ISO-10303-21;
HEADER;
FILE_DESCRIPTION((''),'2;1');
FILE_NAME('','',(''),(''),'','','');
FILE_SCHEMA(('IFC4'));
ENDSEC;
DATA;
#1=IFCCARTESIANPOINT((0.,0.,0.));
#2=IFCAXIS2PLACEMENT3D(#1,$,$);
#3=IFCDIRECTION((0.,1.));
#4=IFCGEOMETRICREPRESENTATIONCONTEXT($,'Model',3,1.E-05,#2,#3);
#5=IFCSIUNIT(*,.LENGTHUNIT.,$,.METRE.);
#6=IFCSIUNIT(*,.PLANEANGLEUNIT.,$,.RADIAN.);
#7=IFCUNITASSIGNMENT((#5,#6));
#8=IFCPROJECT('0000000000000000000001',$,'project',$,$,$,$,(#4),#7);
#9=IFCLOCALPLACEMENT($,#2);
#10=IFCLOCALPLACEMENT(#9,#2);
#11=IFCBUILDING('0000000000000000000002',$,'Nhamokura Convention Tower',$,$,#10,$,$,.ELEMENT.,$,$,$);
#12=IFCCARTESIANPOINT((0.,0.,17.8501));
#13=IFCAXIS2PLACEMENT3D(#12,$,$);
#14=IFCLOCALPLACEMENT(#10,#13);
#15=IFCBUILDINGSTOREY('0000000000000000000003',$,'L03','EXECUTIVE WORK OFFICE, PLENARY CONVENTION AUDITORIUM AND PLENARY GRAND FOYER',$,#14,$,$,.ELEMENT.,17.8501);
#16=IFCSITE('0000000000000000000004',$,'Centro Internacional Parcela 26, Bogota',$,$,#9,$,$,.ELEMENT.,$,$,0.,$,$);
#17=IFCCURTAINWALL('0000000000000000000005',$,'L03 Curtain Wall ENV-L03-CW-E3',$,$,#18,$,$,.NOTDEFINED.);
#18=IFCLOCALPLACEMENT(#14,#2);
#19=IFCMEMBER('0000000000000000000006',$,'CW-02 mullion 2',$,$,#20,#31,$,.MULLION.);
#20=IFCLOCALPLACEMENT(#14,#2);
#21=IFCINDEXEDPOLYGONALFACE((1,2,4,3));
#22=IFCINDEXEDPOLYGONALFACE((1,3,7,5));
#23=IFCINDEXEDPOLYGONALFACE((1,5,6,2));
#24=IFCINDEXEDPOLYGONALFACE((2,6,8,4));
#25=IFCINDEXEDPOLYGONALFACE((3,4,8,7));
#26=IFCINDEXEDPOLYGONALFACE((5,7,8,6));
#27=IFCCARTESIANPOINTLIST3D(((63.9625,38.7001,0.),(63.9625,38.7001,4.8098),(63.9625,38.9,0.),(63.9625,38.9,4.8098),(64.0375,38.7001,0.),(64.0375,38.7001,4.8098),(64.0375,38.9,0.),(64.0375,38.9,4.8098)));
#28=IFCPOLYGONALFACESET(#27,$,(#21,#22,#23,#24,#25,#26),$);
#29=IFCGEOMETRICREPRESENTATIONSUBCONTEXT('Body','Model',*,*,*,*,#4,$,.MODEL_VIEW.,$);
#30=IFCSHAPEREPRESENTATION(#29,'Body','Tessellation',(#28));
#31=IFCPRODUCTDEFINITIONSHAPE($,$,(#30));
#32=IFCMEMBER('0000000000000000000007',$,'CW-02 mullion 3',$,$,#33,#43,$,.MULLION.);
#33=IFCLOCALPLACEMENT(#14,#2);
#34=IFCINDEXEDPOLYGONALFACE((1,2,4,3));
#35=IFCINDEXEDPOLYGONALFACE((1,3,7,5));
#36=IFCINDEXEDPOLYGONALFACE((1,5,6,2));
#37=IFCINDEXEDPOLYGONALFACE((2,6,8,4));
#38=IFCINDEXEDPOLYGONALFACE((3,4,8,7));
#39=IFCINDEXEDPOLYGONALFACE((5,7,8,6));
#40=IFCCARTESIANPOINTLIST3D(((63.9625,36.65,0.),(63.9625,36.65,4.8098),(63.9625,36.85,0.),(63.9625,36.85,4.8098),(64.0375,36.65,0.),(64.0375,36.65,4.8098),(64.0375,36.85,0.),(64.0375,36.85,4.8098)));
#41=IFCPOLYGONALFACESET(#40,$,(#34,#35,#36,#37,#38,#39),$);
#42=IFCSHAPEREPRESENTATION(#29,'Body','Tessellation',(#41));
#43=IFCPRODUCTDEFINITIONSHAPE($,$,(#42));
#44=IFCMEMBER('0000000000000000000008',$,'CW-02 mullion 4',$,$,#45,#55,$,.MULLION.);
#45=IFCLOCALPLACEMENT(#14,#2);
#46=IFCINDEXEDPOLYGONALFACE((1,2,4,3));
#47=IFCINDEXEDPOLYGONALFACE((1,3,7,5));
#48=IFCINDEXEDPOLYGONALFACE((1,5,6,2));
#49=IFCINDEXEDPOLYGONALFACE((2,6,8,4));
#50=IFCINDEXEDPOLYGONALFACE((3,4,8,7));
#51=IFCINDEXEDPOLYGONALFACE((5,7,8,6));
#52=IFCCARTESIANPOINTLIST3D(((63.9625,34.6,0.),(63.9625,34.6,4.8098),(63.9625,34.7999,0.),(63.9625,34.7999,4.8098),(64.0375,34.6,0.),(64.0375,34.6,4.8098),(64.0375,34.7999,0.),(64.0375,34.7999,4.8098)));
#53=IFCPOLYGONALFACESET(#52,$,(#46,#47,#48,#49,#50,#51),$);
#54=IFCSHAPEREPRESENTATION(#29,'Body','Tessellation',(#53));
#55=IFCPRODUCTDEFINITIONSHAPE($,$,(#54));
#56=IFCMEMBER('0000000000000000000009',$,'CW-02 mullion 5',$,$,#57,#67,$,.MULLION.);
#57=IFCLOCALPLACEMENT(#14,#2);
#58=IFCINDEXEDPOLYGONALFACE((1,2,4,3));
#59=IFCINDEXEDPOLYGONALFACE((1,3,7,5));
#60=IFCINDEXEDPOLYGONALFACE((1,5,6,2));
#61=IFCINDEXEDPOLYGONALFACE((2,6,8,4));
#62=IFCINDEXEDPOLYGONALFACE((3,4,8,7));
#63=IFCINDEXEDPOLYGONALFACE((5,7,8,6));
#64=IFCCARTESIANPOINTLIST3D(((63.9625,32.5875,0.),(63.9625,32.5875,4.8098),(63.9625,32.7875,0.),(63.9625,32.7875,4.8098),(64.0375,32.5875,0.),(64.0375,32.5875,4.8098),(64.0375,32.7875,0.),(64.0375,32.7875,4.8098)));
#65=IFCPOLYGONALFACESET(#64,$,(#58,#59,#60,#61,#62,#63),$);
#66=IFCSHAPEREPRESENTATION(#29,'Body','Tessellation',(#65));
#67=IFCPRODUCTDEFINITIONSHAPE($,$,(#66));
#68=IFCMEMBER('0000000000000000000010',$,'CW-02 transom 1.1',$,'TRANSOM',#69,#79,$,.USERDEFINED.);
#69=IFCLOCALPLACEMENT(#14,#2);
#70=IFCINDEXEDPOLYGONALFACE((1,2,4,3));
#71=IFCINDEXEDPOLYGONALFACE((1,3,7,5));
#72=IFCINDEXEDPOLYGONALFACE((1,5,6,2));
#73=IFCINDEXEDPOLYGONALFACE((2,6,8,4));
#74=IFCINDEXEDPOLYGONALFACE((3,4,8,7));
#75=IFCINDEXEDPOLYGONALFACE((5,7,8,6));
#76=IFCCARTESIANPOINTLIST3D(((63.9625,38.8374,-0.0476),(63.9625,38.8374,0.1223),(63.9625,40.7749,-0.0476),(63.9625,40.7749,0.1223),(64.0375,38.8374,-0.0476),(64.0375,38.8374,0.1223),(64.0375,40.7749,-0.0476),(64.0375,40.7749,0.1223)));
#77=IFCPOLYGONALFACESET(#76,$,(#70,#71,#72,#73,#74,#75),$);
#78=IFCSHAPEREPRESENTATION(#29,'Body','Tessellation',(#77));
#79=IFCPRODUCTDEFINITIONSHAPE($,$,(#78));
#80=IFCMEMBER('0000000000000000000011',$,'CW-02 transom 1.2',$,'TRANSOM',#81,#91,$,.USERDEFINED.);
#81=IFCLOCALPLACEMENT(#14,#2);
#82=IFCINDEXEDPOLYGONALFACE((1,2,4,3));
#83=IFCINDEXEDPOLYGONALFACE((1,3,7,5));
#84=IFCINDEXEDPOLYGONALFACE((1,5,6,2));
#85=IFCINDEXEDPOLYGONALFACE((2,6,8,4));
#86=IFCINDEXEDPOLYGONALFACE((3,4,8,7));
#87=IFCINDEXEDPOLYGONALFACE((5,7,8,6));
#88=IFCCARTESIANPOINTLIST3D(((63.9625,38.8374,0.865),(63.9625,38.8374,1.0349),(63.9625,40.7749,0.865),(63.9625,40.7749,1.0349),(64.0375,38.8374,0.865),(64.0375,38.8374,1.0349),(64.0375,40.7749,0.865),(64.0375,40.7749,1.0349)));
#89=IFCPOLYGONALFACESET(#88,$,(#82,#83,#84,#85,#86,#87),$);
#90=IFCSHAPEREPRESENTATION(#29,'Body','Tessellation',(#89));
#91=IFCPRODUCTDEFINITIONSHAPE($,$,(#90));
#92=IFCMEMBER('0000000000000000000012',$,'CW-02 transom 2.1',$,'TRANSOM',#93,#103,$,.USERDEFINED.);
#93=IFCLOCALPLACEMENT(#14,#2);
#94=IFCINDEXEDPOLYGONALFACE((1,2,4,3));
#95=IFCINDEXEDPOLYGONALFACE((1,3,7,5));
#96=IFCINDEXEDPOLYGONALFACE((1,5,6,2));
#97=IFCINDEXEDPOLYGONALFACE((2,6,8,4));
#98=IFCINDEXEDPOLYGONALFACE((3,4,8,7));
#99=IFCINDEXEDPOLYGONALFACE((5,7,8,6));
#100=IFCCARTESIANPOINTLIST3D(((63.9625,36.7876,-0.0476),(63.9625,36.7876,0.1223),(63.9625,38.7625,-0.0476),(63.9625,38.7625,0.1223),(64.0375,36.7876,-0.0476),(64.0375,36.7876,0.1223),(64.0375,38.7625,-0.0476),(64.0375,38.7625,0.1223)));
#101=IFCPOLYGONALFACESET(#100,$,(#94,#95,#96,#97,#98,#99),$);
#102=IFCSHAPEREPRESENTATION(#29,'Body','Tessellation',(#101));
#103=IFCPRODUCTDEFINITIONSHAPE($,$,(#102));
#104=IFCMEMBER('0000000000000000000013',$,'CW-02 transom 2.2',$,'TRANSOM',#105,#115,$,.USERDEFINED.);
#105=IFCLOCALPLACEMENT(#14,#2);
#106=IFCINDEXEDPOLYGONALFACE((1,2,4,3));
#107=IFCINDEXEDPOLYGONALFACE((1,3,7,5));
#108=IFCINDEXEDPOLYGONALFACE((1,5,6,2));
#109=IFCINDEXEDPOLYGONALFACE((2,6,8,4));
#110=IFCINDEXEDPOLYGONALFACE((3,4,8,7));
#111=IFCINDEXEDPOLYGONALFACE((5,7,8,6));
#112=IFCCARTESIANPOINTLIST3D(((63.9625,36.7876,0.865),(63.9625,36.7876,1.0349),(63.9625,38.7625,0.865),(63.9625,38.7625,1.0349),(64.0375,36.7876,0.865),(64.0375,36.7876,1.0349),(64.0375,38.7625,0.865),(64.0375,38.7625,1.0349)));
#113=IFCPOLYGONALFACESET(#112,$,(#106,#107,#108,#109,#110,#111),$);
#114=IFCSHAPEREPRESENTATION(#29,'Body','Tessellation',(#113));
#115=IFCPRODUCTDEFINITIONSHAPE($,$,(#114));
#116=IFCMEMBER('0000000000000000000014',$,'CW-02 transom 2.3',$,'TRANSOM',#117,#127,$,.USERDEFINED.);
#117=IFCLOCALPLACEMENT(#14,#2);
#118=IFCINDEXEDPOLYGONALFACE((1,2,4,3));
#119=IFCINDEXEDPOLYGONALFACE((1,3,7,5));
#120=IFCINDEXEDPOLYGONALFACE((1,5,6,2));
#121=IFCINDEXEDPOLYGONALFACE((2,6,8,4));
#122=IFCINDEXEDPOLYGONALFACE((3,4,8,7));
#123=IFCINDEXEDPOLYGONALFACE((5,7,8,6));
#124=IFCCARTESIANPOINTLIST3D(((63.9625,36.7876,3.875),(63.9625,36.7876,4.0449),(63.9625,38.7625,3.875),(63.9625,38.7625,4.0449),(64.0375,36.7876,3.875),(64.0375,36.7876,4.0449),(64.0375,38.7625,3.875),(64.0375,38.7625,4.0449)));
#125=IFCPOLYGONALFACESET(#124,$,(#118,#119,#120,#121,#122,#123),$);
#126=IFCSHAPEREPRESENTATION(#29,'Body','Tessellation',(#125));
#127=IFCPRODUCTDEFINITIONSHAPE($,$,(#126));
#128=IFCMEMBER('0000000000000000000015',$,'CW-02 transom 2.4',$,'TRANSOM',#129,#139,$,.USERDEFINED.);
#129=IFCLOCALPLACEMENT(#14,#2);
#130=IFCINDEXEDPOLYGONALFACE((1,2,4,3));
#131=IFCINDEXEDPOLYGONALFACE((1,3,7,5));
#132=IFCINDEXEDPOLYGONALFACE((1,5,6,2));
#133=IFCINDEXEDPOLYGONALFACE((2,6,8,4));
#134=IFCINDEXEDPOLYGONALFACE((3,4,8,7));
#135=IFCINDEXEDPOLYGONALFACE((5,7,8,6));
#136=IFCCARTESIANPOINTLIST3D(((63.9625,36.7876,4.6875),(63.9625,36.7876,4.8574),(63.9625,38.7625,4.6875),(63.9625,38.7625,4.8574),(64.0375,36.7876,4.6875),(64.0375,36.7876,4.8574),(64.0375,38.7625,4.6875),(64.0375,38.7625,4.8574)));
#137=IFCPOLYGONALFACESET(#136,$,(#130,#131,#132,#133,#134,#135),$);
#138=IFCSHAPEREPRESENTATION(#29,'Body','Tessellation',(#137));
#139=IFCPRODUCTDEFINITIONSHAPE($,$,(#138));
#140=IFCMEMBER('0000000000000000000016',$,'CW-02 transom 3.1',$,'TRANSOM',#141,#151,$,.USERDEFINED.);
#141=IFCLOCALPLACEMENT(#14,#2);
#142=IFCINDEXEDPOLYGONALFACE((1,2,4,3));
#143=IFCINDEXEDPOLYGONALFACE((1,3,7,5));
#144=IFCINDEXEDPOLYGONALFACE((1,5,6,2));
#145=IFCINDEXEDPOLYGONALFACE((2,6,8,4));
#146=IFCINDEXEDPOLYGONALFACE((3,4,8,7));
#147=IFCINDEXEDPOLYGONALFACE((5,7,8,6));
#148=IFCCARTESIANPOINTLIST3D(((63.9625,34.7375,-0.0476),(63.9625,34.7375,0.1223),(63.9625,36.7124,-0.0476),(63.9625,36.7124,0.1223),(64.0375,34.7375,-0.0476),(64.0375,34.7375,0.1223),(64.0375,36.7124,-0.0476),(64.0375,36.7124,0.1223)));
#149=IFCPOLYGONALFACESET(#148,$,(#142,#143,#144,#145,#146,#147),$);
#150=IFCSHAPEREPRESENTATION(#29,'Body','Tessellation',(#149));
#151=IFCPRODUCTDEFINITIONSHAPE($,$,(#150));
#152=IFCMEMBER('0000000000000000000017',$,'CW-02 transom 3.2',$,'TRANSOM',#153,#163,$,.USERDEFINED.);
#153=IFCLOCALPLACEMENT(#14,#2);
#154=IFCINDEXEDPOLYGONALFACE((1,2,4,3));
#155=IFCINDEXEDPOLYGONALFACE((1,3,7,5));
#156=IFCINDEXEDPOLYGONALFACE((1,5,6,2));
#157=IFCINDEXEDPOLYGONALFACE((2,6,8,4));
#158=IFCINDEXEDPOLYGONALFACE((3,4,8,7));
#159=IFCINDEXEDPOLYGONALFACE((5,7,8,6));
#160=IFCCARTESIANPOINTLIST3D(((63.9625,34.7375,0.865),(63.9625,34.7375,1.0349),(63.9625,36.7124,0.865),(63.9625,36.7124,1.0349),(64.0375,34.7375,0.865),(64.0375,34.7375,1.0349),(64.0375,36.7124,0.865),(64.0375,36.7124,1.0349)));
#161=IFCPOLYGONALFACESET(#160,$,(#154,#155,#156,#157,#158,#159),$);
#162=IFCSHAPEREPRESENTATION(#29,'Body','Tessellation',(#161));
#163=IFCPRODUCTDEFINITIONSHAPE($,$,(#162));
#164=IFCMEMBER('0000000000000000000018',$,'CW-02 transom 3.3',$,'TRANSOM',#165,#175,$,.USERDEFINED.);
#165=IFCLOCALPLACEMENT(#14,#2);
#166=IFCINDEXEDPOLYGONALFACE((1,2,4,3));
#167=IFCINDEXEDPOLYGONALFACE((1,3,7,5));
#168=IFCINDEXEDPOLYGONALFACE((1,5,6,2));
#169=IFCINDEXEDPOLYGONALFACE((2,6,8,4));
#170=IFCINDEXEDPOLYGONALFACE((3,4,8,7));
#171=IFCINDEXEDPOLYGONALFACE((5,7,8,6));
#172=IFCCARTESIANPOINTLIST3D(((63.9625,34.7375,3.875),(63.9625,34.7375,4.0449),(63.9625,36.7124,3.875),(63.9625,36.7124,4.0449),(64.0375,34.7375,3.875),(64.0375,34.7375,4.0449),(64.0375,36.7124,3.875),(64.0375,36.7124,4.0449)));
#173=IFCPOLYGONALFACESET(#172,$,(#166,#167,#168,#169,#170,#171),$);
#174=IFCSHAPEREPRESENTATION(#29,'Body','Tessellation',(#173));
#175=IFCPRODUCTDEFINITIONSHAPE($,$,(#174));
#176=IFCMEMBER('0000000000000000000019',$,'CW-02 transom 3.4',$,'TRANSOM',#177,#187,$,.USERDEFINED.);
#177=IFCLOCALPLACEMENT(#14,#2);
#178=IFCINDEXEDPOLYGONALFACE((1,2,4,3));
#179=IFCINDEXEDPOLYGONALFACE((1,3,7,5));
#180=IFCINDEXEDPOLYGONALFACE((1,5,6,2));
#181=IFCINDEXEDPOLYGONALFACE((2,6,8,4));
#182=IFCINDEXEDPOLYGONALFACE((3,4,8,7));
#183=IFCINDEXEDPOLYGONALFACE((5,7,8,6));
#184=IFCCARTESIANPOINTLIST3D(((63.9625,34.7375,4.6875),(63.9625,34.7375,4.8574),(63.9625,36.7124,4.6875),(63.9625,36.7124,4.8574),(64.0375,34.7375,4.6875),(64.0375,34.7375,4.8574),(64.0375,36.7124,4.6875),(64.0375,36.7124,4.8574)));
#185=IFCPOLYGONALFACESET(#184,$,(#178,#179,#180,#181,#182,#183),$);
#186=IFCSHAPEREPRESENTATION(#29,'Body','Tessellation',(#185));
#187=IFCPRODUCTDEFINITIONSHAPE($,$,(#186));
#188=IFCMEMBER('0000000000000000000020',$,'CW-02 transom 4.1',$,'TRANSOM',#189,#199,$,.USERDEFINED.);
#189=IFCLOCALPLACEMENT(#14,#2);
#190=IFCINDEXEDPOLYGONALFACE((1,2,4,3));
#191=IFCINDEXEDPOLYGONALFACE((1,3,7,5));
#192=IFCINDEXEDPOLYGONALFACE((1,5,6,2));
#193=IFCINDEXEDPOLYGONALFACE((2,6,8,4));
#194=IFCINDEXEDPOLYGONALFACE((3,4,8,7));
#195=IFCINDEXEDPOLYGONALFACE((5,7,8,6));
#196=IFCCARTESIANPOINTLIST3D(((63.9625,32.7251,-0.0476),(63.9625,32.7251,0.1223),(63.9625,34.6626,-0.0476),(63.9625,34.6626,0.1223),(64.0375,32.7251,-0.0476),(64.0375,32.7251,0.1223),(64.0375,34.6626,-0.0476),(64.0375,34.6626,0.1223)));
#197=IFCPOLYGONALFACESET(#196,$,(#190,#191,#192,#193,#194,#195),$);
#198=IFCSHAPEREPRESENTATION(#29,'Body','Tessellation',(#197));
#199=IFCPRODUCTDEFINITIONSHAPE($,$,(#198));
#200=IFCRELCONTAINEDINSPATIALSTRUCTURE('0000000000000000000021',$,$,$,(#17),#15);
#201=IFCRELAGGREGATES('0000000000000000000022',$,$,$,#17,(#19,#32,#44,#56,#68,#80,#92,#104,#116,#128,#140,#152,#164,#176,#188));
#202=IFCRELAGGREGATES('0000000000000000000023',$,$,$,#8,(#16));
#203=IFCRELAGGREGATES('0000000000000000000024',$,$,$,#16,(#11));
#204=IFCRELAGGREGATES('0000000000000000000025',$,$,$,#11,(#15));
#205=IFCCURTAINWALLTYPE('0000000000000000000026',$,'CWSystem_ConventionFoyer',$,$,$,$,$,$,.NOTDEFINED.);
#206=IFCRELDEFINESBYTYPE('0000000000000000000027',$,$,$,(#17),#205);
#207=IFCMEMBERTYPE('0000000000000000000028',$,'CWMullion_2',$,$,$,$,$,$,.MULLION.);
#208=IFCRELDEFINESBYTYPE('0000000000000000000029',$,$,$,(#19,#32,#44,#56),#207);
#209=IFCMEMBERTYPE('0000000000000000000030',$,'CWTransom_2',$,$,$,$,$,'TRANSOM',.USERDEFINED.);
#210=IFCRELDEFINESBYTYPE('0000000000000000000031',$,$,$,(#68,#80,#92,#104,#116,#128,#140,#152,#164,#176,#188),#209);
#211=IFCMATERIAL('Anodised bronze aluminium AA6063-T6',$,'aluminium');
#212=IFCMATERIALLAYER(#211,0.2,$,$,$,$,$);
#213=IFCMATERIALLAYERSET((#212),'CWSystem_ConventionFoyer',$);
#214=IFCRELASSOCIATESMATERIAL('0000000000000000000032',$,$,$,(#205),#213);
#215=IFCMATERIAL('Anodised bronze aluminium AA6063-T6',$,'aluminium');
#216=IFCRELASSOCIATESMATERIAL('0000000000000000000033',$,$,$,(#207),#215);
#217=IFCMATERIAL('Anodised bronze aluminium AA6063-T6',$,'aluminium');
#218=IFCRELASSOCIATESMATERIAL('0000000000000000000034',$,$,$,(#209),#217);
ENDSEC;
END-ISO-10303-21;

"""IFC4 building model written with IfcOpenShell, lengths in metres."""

from ifc_helpers import new_model, si_unit, direction, frame, origin, origin_2d, place, context, subcontext, project, spatial, rectangle, extrude, material, layer, layer_set, material_profile, profile_set, type_object, element, aggregate, save


model = new_model("IFC4")

# Units and contexts
model_context = context("Model", 3, precision=1e-05, world=origin(), true_north=direction((0.0, 1.0)))
body_context = subcontext(model_context, "Body", "Model", "MODEL_VIEW")
ifc_project = project(units=[si_unit("LENGTHUNIT", "METRE"), si_unit("PLANEANGLEUNIT", "RADIAN")], contexts=[model_context])

# Site, building, storey
site_placement = place(None, origin())
site = spatial("IfcSite", under=ifc_project, at=site_placement, Name="Centro Internacional Parcela 26, Bogota", CompositionType="ELEMENT", RefElevation=0.0)
building_placement = place(site_placement, origin())
building = spatial("IfcBuilding", under=site, at=building_placement, Name="Nhamokura Convention Tower", CompositionType="ELEMENT")
storey_placement = place(building_placement, frame((0.0, 0.0, 17.8501)))
storey = spatial("IfcBuildingStorey", under=building, at=storey_placement, Name="L03", Description="EXECUTIVE WORK OFFICE, PLENARY CONVENTION AUDITORIUM AND PLENARY GRAND FOYER", CompositionType="ELEMENT", Elevation=17.8501)

# Curtain wall, members
ifc_material_1 = material(Name="Anodised bronze aluminium AA6063-T6", Category="aluminium")
ifc_layer_1 = layer(ifc_material_1, 0.2)
ifc_layer_set_1 = layer_set([ifc_layer_1], Name="CWSystem_ConventionFoyer")
curtain_wall_type = type_object("IfcCurtainWallType", Name="CWSystem_ConventionFoyer", PredefinedType="NOTDEFINED", material=ifc_layer_set_1)
curtain_wall_placement = place(storey_placement, origin())
curtain_wall = element("IfcCurtainWall", 1, at=curtain_wall_placement, inside=storey, type_object=curtain_wall_type, Name="L03 Curtain Wall ENV-L03-CW-E3", PredefinedType="NOTDEFINED")
ifc_material_2 = material(Name="Anodised bronze aluminium AA6063-T6", Category="aluminium")
ifc_material_profile_1 = material_profile(ifc_material_2, rectangle(XDim=0.075, YDim=0.2, at=origin_2d()))
ifc_profile_set_1 = profile_set([ifc_material_profile_1], Name="Anodised bronze aluminium AA6063-T6")
member_type_1 = type_object("IfcMemberType", Name="CWMullion_2", PredefinedType="MULLION", material=ifc_profile_set_1)
member_1_placement = place(storey_placement, frame((64.0, 38.8, 0.0), z_axis=(0.0, 0.0, 1.0), x_axis=(1.0, 0.0, 0.0)))
member_1 = element("IfcMember", 2, at=member_1_placement, type_object=member_type_1, Name="CW-02 mullion 2", PredefinedType="MULLION", context=body_context, shape_type="SweptSolid", body=[
    extrude(rectangle(XDim=0.075, YDim=0.2, at=origin_2d()), origin(), (0.0, 0.0, 1.0), 4.8098),
])
member_2_placement = place(storey_placement, frame((64.0, 36.75, 0.0), z_axis=(0.0, 0.0, 1.0), x_axis=(1.0, 0.0, 0.0)))
member_2 = element("IfcMember", 3, at=member_2_placement, type_object=member_type_1, Name="CW-02 mullion 3", PredefinedType="MULLION", context=body_context, shape_type="SweptSolid", body=[
    extrude(rectangle(XDim=0.075, YDim=0.2, at=origin_2d()), origin(), (0.0, 0.0, 1.0), 4.8098),
])
member_3_placement = place(storey_placement, frame((64.0, 34.7, 0.0), z_axis=(0.0, 0.0, 1.0), x_axis=(1.0, 0.0, 0.0)))
member_3 = element("IfcMember", 4, at=member_3_placement, type_object=member_type_1, Name="CW-02 mullion 4", PredefinedType="MULLION", context=body_context, shape_type="SweptSolid", body=[
    extrude(rectangle(XDim=0.075, YDim=0.2, at=origin_2d()), origin(), (0.0, 0.0, 1.0), 4.8098),
])
member_4_placement = place(storey_placement, frame((64.0, 32.6875, 0.0), z_axis=(0.0, 0.0, 1.0), x_axis=(1.0, 0.0, 0.0)))
member_4 = element("IfcMember", 5, at=member_4_placement, type_object=member_type_1, Name="CW-02 mullion 5", PredefinedType="MULLION", context=body_context, shape_type="SweptSolid", body=[
    extrude(rectangle(XDim=0.075, YDim=0.2, at=origin_2d()), origin(), (0.0, 0.0, 1.0), 4.8098),
])
ifc_material_3 = material(Name="Anodised bronze aluminium AA6063-T6", Category="aluminium")
ifc_material_profile_2 = material_profile(ifc_material_3, rectangle(XDim=0.075, YDim=0.1699, at=origin_2d()))
ifc_profile_set_2 = profile_set([ifc_material_profile_2], Name="Anodised bronze aluminium AA6063-T6")
member_type_2 = type_object("IfcMemberType", Name="CWTransom_2", ElementType="TRANSOM", PredefinedType="USERDEFINED", material=ifc_profile_set_2)
member_5_placement = place(storey_placement, frame((64.0, 40.7749, 0.0374), z_axis=(0.0, -1.0, 0.0), x_axis=(1.0, 0.0, 0.0)))
member_5 = element("IfcMember", 6, at=member_5_placement, type_object=member_type_2, Name="CW-02 transom 1.1", ObjectType="TRANSOM", PredefinedType="USERDEFINED", context=body_context, shape_type="SweptSolid", body=[
    extrude(rectangle(XDim=0.075, YDim=0.1699, at=origin_2d()), origin(), (0.0, 0.0, 1.0), 1.9375),
])
member_6_placement = place(storey_placement, frame((64.0, 40.7749, 0.95), z_axis=(0.0, -1.0, 0.0), x_axis=(1.0, 0.0, 0.0)))
member_6 = element("IfcMember", 7, at=member_6_placement, type_object=member_type_2, Name="CW-02 transom 1.2", ObjectType="TRANSOM", PredefinedType="USERDEFINED", context=body_context, shape_type="SweptSolid", body=[
    extrude(rectangle(XDim=0.075, YDim=0.1699, at=origin_2d()), origin(), (0.0, 0.0, 1.0), 1.9375),
])
member_7_placement = place(storey_placement, frame((64.0, 38.7625, 0.0374), z_axis=(0.0, -1.0, 0.0), x_axis=(1.0, 0.0, 0.0)))
member_7 = element("IfcMember", 8, at=member_7_placement, type_object=member_type_2, Name="CW-02 transom 2.1", ObjectType="TRANSOM", PredefinedType="USERDEFINED", context=body_context, shape_type="SweptSolid", body=[
    extrude(rectangle(XDim=0.075, YDim=0.1699, at=origin_2d()), origin(), (0.0, 0.0, 1.0), 1.9749),
])
member_8_placement = place(storey_placement, frame((64.0, 38.7625, 0.95), z_axis=(0.0, -1.0, 0.0), x_axis=(1.0, 0.0, 0.0)))
member_8 = element("IfcMember", 9, at=member_8_placement, type_object=member_type_2, Name="CW-02 transom 2.2", ObjectType="TRANSOM", PredefinedType="USERDEFINED", context=body_context, shape_type="SweptSolid", body=[
    extrude(rectangle(XDim=0.075, YDim=0.1699, at=origin_2d()), origin(), (0.0, 0.0, 1.0), 1.9749),
])
member_9_placement = place(storey_placement, frame((64.0, 38.7625, 3.96), z_axis=(0.0, -1.0, 0.0), x_axis=(1.0, 0.0, 0.0)))
member_9 = element("IfcMember", 10, at=member_9_placement, type_object=member_type_2, Name="CW-02 transom 2.3", ObjectType="TRANSOM", PredefinedType="USERDEFINED", context=body_context, shape_type="SweptSolid", body=[
    extrude(rectangle(XDim=0.075, YDim=0.1699, at=origin_2d()), origin(), (0.0, 0.0, 1.0), 1.9749),
])
member_10_placement = place(storey_placement, frame((64.0, 38.7625, 4.7725), z_axis=(0.0, -1.0, 0.0), x_axis=(1.0, 0.0, 0.0)))
member_10 = element("IfcMember", 11, at=member_10_placement, type_object=member_type_2, Name="CW-02 transom 2.4", ObjectType="TRANSOM", PredefinedType="USERDEFINED", context=body_context, shape_type="SweptSolid", body=[
    extrude(rectangle(XDim=0.075, YDim=0.1699, at=origin_2d()), origin(), (0.0, 0.0, 1.0), 1.9749),
])
member_11_placement = place(storey_placement, frame((64.0, 36.7124, 0.0374), z_axis=(0.0, -1.0, 0.0), x_axis=(1.0, 0.0, 0.0)))
member_11 = element("IfcMember", 12, at=member_11_placement, type_object=member_type_2, Name="CW-02 transom 3.1", ObjectType="TRANSOM", PredefinedType="USERDEFINED", context=body_context, shape_type="SweptSolid", body=[
    extrude(rectangle(XDim=0.075, YDim=0.1699, at=origin_2d()), origin(), (0.0, 0.0, 1.0), 1.9749),
])
member_12_placement = place(storey_placement, frame((64.0, 36.7124, 0.95), z_axis=(0.0, -1.0, 0.0), x_axis=(1.0, 0.0, 0.0)))
member_12 = element("IfcMember", 13, at=member_12_placement, type_object=member_type_2, Name="CW-02 transom 3.2", ObjectType="TRANSOM", PredefinedType="USERDEFINED", context=body_context, shape_type="SweptSolid", body=[
    extrude(rectangle(XDim=0.075, YDim=0.1699, at=origin_2d()), origin(), (0.0, 0.0, 1.0), 1.9749),
])
member_13_placement = place(storey_placement, frame((64.0, 36.7124, 3.96), z_axis=(0.0, -1.0, 0.0), x_axis=(1.0, 0.0, 0.0)))
member_13 = element("IfcMember", 14, at=member_13_placement, type_object=member_type_2, Name="CW-02 transom 3.3", ObjectType="TRANSOM", PredefinedType="USERDEFINED", context=body_context, shape_type="SweptSolid", body=[
    extrude(rectangle(XDim=0.075, YDim=0.1699, at=origin_2d()), origin(), (0.0, 0.0, 1.0), 1.9749),
])
member_14_placement = place(storey_placement, frame((64.0, 36.7124, 4.7725), z_axis=(0.0, -1.0, 0.0), x_axis=(1.0, 0.0, 0.0)))
member_14 = element("IfcMember", 15, at=member_14_placement, type_object=member_type_2, Name="CW-02 transom 3.4", ObjectType="TRANSOM", PredefinedType="USERDEFINED", context=body_context, shape_type="SweptSolid", body=[
    extrude(rectangle(XDim=0.075, YDim=0.1699, at=origin_2d()), origin(), (0.0, 0.0, 1.0), 1.9749),
])
member_15_placement = place(storey_placement, frame((64.0, 34.6626, 0.0374), z_axis=(0.0, -1.0, 0.0), x_axis=(1.0, 0.0, 0.0)))
member_15 = element("IfcMember", 16, at=member_15_placement, type_object=member_type_2, Name="CW-02 transom 4.1", ObjectType="TRANSOM", PredefinedType="USERDEFINED", context=body_context, shape_type="SweptSolid", body=[
    extrude(rectangle(XDim=0.075, YDim=0.1699, at=origin_2d()), origin(), (0.0, 0.0, 1.0), 1.9375),
])

aggregate(curtain_wall, [member_1, member_2, member_3, member_4, member_5, member_6, member_7, member_8, member_9, member_10, member_11, member_12, member_13, member_14, member_15])

save(model, "model.ifc")
